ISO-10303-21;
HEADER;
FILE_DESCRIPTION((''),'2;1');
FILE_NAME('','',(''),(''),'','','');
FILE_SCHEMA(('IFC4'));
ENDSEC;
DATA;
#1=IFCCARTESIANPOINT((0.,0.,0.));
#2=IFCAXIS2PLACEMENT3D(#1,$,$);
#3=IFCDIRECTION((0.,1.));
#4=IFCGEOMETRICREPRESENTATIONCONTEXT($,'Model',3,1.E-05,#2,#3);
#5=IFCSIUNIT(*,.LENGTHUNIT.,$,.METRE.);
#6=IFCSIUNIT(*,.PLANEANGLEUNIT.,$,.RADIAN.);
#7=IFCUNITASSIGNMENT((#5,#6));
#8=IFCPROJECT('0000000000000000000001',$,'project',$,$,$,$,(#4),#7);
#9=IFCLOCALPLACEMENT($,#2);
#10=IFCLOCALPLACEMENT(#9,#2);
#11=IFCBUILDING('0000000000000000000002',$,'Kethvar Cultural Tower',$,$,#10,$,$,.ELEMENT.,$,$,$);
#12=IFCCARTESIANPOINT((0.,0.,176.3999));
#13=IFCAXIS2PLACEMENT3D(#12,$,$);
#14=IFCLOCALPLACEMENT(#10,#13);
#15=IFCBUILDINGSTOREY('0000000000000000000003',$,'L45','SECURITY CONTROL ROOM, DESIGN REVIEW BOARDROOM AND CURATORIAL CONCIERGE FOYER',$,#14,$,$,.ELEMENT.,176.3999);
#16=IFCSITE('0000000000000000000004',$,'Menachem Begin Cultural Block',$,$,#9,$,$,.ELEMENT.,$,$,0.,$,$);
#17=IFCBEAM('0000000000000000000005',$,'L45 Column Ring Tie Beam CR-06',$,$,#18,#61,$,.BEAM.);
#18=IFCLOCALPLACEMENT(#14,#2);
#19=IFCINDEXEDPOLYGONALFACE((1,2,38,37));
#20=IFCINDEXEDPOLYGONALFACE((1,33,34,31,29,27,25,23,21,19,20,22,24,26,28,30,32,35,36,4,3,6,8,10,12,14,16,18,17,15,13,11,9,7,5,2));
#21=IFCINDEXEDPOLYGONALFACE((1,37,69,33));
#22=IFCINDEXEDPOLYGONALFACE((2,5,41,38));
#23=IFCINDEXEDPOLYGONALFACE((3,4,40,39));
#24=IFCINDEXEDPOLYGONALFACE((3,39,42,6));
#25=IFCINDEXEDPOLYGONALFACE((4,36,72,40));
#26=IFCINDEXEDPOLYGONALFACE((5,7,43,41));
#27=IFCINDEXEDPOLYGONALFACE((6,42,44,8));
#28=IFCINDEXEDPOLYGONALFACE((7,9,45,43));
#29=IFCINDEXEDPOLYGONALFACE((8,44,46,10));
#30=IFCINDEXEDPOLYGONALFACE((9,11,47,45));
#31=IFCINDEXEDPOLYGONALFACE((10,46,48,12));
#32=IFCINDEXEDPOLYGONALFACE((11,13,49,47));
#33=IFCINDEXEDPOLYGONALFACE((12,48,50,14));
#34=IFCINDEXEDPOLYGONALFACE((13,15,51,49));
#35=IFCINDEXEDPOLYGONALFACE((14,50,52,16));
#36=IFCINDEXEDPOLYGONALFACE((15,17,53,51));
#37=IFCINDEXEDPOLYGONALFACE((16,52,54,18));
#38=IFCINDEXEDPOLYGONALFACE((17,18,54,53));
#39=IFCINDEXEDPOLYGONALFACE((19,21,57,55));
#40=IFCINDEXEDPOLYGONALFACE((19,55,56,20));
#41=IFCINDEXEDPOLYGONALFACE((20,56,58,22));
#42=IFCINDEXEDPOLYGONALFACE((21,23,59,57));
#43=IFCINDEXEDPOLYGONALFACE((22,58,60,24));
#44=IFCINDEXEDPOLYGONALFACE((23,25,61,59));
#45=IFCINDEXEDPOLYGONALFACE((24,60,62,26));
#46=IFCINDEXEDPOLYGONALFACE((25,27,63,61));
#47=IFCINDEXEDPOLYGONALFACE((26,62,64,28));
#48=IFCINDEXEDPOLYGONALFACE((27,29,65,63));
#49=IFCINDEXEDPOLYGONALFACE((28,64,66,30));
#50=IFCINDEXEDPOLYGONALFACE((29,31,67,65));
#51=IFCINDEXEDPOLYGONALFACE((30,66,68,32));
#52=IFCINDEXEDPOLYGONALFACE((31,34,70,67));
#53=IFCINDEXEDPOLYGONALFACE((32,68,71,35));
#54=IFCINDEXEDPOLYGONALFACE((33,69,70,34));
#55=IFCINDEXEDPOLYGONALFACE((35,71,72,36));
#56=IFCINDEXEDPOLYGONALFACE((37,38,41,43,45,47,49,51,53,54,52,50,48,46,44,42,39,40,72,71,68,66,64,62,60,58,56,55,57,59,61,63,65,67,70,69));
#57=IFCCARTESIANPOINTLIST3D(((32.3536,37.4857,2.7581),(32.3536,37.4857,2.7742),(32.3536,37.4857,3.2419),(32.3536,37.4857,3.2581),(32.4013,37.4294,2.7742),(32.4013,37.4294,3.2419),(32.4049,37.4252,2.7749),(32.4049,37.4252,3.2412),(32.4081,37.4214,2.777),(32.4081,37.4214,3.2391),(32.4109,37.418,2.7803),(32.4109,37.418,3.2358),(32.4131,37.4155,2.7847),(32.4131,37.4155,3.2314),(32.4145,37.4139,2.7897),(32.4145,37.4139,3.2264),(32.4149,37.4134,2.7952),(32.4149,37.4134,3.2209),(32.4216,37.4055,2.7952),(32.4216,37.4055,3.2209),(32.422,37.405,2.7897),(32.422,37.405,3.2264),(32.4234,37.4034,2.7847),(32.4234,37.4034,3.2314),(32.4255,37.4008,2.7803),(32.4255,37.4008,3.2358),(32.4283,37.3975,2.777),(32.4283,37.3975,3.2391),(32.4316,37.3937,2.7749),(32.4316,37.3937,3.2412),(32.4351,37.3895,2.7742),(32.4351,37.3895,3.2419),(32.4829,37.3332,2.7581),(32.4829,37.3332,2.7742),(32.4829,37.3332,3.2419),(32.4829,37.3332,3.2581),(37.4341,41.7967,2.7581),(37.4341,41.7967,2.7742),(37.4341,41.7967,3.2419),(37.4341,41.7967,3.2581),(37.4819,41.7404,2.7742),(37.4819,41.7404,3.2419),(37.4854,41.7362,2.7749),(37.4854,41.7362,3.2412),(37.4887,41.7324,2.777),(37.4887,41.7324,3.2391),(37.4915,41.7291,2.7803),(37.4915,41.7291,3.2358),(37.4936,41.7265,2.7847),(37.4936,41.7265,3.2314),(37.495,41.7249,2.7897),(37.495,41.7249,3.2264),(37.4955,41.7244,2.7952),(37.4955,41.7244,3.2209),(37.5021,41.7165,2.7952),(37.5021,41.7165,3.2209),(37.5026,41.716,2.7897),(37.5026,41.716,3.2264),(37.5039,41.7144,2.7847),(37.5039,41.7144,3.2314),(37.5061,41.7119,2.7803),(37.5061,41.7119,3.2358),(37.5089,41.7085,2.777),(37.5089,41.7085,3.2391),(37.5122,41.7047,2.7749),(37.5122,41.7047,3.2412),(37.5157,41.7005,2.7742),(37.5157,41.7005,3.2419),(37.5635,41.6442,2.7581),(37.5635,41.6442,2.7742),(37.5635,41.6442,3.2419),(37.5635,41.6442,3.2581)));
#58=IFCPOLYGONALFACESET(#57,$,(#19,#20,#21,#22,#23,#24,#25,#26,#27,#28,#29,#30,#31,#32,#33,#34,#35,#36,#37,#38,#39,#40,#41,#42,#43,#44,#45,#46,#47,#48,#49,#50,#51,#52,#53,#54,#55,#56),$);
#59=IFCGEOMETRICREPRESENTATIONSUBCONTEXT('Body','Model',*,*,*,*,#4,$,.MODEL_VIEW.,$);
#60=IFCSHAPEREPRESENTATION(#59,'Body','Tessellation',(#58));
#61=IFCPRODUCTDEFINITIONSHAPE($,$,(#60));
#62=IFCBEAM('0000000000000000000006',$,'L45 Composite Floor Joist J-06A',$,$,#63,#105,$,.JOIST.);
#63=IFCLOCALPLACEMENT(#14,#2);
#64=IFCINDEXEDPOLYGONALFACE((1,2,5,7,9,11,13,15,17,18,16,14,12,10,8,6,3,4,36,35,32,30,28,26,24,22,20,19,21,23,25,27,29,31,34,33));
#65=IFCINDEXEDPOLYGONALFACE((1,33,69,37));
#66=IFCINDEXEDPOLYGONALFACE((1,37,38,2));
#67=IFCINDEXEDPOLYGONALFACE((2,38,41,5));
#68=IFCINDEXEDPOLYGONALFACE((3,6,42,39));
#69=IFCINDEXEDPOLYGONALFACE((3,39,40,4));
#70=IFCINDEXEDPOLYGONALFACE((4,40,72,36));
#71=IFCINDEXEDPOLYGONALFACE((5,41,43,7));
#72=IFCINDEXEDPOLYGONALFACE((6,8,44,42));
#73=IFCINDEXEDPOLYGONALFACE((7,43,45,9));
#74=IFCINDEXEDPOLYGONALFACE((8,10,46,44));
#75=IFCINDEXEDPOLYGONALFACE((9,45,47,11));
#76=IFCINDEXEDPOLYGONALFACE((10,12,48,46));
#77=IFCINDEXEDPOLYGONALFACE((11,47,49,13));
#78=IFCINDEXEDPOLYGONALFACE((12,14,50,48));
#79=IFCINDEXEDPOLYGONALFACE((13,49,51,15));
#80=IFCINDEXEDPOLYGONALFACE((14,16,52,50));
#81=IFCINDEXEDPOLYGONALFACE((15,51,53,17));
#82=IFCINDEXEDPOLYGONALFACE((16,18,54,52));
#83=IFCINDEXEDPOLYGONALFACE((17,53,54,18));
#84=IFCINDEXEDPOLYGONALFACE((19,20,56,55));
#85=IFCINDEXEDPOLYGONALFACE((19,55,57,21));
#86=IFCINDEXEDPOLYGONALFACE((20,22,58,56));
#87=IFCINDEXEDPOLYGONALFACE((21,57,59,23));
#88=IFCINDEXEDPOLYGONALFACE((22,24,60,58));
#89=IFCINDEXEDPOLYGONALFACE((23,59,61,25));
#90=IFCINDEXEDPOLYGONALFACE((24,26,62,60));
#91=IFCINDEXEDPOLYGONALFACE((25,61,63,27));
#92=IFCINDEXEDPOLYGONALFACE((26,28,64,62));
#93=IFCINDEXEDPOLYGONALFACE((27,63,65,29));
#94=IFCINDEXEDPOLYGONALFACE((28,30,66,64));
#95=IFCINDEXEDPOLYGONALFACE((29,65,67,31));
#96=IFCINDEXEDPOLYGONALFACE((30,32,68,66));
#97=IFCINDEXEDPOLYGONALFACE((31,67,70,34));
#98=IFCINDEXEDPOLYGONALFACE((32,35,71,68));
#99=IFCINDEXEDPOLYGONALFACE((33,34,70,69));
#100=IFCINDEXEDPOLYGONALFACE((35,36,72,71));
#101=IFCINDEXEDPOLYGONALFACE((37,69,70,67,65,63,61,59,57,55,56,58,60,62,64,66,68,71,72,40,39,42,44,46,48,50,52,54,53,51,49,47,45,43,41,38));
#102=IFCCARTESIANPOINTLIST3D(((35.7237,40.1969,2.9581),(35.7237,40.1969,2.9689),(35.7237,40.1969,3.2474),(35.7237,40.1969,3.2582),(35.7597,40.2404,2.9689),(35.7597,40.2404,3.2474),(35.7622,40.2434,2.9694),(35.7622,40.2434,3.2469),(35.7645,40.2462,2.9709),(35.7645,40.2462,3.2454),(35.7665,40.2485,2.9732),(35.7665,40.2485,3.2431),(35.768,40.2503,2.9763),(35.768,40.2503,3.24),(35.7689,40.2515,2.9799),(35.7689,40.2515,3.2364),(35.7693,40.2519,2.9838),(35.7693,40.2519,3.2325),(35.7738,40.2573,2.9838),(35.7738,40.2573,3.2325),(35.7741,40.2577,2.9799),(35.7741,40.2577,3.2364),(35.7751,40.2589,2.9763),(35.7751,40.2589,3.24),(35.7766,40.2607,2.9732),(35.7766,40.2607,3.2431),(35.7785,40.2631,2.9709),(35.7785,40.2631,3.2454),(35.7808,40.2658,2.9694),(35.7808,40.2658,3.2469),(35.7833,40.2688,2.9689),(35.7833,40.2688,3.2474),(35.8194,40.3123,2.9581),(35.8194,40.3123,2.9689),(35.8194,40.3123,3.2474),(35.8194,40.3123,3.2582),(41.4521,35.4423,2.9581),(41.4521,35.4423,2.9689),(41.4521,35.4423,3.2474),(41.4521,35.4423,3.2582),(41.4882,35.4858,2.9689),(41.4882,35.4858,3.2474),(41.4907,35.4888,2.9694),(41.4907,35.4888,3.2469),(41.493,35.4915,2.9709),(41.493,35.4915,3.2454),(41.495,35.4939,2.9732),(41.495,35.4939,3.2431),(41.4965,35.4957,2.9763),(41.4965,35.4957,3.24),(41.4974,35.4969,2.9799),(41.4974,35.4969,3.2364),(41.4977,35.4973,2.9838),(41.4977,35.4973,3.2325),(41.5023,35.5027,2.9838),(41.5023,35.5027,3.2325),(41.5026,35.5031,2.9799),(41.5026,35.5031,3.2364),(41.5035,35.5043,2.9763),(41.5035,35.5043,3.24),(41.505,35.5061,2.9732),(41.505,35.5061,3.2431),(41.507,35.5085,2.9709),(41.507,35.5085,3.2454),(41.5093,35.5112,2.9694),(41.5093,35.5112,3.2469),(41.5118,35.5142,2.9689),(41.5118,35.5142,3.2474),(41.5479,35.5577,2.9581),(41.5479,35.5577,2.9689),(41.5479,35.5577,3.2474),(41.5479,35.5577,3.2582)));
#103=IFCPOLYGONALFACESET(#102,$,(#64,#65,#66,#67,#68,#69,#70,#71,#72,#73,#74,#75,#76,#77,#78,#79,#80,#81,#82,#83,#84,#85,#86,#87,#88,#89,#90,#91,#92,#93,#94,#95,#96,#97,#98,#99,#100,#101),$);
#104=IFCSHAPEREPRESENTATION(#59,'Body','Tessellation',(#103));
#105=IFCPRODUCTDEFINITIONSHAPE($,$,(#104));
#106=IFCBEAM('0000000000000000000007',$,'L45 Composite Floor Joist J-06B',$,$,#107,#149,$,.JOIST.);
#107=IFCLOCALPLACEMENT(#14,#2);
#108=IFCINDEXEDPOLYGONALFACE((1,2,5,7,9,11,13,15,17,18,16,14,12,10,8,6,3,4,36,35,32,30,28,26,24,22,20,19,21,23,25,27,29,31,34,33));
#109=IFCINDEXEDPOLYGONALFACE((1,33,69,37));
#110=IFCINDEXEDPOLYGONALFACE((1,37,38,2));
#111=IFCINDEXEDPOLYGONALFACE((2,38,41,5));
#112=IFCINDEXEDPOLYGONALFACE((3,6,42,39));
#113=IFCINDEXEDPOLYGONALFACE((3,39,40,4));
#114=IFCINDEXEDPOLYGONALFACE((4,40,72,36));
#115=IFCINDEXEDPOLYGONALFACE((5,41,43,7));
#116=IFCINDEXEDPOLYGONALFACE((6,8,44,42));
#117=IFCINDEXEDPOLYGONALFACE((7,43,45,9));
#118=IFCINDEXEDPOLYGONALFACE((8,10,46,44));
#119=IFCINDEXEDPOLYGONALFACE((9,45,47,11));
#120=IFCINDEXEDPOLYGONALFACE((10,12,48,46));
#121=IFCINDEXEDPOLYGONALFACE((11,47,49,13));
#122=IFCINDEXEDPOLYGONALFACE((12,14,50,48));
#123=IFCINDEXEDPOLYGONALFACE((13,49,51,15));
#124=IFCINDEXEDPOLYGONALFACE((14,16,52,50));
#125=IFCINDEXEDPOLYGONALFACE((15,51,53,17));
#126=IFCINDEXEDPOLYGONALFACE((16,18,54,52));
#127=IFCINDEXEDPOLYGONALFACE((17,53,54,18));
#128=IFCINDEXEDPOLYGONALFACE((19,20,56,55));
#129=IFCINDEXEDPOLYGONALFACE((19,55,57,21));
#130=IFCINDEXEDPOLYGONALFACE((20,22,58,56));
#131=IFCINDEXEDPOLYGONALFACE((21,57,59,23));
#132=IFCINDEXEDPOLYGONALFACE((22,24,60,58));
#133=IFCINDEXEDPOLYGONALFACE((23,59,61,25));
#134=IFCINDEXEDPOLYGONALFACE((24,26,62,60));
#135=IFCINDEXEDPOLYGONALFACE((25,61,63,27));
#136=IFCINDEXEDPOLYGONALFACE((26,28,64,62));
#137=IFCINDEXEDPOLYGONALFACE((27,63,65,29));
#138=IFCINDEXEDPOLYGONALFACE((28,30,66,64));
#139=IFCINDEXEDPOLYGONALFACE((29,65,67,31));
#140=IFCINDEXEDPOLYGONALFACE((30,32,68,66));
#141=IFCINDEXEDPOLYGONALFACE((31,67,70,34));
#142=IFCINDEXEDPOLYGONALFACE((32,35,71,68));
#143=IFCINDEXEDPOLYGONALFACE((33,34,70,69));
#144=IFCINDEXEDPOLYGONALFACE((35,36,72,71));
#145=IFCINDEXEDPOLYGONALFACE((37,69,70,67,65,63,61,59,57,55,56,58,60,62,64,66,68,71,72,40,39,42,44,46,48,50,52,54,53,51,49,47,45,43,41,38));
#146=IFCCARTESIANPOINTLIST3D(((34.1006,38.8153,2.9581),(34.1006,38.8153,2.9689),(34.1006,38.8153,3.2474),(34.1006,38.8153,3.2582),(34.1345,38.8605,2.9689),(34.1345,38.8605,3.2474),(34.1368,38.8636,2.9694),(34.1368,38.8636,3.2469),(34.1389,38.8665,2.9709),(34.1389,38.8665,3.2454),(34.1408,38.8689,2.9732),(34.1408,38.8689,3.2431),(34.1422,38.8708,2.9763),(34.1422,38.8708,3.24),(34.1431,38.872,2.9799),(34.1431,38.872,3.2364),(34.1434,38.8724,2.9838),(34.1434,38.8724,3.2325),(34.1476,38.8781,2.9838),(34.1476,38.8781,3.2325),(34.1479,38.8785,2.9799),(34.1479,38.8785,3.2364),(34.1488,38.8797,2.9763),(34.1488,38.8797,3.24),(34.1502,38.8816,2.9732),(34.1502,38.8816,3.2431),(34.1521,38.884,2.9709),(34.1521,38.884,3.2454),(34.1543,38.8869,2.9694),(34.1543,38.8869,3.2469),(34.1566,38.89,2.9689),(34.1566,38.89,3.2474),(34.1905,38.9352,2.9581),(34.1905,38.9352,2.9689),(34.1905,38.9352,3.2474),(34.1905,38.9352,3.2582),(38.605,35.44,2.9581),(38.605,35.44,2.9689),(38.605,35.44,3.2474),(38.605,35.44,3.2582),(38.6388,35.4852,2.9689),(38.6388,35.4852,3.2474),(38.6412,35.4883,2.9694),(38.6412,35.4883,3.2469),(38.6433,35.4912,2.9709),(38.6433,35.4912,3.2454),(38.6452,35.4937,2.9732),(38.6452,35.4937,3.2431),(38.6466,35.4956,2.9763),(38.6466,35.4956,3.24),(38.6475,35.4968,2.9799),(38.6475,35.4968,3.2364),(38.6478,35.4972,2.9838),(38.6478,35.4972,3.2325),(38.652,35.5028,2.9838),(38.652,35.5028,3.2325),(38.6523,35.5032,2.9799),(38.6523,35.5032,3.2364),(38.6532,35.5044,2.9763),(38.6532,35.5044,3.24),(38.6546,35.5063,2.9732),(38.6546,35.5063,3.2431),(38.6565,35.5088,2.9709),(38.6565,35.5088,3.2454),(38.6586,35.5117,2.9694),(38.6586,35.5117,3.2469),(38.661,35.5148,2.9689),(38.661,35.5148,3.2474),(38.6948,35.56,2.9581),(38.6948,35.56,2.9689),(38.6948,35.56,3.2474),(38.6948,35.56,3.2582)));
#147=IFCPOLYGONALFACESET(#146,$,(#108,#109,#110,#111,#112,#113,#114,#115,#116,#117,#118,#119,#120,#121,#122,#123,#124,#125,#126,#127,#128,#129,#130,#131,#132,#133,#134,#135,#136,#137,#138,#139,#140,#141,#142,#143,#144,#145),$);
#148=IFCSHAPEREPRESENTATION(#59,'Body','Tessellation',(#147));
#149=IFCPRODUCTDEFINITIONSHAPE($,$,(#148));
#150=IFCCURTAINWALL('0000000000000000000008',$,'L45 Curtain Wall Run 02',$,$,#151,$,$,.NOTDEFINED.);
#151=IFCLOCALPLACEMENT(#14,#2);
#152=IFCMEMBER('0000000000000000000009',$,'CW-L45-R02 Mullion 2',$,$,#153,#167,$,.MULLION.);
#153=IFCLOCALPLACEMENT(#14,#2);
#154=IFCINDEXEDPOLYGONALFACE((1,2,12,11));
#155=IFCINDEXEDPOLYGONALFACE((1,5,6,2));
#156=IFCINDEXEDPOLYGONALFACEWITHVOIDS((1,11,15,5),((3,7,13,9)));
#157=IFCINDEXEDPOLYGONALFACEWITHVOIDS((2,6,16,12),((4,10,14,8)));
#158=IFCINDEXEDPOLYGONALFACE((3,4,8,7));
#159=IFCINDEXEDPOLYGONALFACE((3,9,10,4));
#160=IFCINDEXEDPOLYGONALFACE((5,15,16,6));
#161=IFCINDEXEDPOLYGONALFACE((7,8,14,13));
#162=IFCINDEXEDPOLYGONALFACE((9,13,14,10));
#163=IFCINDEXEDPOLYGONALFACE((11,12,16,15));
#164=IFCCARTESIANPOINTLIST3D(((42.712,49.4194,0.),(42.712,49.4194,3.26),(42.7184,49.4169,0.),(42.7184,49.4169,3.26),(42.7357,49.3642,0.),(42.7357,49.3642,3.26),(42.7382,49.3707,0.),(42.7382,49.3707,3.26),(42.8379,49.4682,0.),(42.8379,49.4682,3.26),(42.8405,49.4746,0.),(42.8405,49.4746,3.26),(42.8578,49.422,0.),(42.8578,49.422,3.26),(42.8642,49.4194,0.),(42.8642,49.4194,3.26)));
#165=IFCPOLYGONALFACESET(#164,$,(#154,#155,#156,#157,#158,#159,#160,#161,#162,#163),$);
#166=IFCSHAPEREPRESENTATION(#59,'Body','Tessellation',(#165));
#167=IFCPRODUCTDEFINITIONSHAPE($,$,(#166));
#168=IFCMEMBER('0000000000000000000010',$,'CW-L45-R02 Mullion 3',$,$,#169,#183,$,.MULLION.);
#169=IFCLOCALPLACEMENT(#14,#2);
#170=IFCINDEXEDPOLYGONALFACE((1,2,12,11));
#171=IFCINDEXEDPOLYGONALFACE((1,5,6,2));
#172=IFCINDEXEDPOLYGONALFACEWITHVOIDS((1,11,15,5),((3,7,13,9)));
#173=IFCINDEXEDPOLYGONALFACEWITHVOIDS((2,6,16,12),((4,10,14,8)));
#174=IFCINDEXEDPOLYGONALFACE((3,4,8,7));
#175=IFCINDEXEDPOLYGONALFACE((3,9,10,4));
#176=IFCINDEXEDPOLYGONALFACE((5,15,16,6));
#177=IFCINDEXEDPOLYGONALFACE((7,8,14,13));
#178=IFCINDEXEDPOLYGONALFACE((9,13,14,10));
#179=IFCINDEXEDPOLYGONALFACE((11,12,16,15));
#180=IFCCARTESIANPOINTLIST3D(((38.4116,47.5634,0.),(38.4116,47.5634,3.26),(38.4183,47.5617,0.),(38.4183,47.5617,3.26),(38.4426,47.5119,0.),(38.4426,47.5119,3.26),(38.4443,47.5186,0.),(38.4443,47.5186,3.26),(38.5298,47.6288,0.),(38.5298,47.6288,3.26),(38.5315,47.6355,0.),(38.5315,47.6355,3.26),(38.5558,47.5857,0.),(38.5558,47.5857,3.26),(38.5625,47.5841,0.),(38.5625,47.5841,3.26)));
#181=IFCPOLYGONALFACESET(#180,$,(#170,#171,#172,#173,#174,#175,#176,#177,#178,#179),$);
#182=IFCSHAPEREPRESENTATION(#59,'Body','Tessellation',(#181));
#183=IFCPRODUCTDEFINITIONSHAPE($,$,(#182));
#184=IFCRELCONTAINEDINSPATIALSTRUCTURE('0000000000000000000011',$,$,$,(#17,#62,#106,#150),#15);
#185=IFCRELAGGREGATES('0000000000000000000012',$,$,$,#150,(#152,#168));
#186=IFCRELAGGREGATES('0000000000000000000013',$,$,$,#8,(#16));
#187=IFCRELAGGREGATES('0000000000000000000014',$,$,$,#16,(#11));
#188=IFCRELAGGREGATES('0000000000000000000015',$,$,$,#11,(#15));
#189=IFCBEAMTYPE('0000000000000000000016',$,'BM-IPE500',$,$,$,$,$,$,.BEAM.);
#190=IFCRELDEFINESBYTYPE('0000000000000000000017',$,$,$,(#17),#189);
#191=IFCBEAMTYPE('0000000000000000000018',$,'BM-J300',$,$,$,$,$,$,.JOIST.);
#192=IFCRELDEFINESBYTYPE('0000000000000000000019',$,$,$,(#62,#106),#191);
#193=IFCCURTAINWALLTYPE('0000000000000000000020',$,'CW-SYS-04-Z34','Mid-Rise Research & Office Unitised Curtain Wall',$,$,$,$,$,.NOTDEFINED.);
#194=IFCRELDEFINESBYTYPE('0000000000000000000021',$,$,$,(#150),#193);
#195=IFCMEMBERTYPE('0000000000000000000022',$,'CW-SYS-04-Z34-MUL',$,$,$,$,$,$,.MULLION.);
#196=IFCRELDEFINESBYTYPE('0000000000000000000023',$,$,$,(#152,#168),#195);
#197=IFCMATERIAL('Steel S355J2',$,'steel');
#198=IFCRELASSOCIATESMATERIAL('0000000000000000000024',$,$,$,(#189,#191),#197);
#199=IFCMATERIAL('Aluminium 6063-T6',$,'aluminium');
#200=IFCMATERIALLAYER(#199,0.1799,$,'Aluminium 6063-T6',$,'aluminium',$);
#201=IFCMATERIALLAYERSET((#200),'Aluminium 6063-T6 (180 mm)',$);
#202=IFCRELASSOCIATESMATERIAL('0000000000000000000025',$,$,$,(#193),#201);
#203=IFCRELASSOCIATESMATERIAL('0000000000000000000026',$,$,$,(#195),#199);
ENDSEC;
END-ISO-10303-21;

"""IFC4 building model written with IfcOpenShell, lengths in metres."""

from ifc_helpers import new_model, si_unit, direction, frame, origin, origin_2d, place, context, subcontext, project, spatial, hollow_rectangle, i_section, extrude, source, transform, mapped, material, layer, layer_set, material_profile, profile_set, type_object, element, aggregate, save


model = new_model("IFC4")

# Units and contexts
model_context = context("Model", 3, precision=1e-05, world=origin(), true_north=direction((0.0, 1.0)))
body_context = subcontext(model_context, "Body", "Model", "MODEL_VIEW")
ifc_project = project(units=[si_unit("LENGTHUNIT", "METRE"), si_unit("PLANEANGLEUNIT", "RADIAN")], contexts=[model_context])

# Site, building, storey
site_placement = place(None, origin())
site = spatial("IfcSite", under=ifc_project, at=site_placement, Name="Menachem Begin Cultural Block", CompositionType="ELEMENT", RefElevation=0.0)
building_placement = place(site_placement, origin())
building = spatial("IfcBuilding", under=site, at=building_placement, Name="Kethvar Cultural Tower", CompositionType="ELEMENT")
storey_placement = place(building_placement, frame((0.0, 0.0, 176.3999)))
storey = spatial("IfcBuildingStorey", under=building, at=storey_placement, Name="L45", Description="SECURITY CONTROL ROOM, DESIGN REVIEW BOARDROOM AND CURATORIAL CONCIERGE FOYER", CompositionType="ELEMENT", Elevation=176.3999)

# Beams
ifc_material_1 = material(Name="Steel S355J2", Category="steel")
ifc_material_profile_1 = material_profile(ifc_material_1, i_section(OverallWidth=0.2, OverallDepth=0.5, WebThickness=0.0103, FlangeThickness=0.0161, FilletRadius=0.021, at=origin_2d()), Name="Steel S355J2 — IPE500")
ifc_profile_set_1 = profile_set([ifc_material_profile_1], Name="Steel S355J2 — IPE500")
beam_type_1 = type_object("IfcBeamType", Name="BM-IPE500", PredefinedType="BEAM", material=ifc_profile_set_1)
ifc_material_profile_2 = material_profile(ifc_material_1, i_section(OverallWidth=0.1499, OverallDepth=0.3, WebThickness=0.0071, FlangeThickness=0.0107, FilletRadius=0.0149, at=origin_2d()), Name="Steel S355J2 — IPE300")
ifc_profile_set_2 = profile_set([ifc_material_profile_2], Name="Steel S355J2 — IPE300")
beam_type_2 = type_object("IfcBeamType", Name="BM-J300", PredefinedType="JOIST", material=ifc_profile_set_2)
shared_shape_1 = source(origin(), body_context, "Body", "SweptSolid", [
    extrude(i_section(OverallWidth=0.2, OverallDepth=0.5, WebThickness=0.0103, FlangeThickness=0.0161, FilletRadius=0.021, at=origin_2d()), origin(), (0.0, 0.0, 1.0), 6.6631),
])
beam_1_placement = place(storey_placement, frame((37.4988, 41.7205, 3.0081), z_axis=(-0.762491, -0.646999, 0.0), x_axis=(0.646999, -0.762491, 0.0)))
element("IfcBeam", 1, at=beam_1_placement, inside=storey, type_object=beam_type_1, Name="L45 Column Ring Tie Beam CR-06", PredefinedType="BEAM", context=body_context, shape_type="MappedRepresentation", body=[
    mapped(shared_shape_1, transform((0.0, 0.0, 0.0), scale=1.0)),
])
shared_shape_2 = source(origin(), body_context, "Body", "SweptSolid", [
    extrude(i_section(OverallWidth=0.1499, OverallDepth=0.3, WebThickness=0.0071, FlangeThickness=0.0107, FilletRadius=0.0149, at=origin_2d()), origin(), (0.0, 0.0, 1.0), 7.4446),
])
beam_2_placement = place(storey_placement, frame((41.5, 35.5, 3.1082), z_axis=(-0.769483, 0.638667, 0.0), x_axis=(-0.638667, -0.769483, 0.0)))
element("IfcBeam", 2, at=beam_2_placement, inside=storey, type_object=beam_type_2, Name="L45 Composite Floor Joist J-06A", PredefinedType="JOIST", context=body_context, shape_type="MappedRepresentation", body=[
    mapped(shared_shape_2, transform((0.0, 0.0, 0.0), scale=1.0)),
])
shared_shape_3 = source(origin(), body_context, "Body", "SweptSolid", [
    extrude(i_section(OverallWidth=0.1499, OverallDepth=0.3, WebThickness=0.0071, FlangeThickness=0.0107, FilletRadius=0.0149, at=origin_2d()), origin(), (0.0, 0.0, 1.0), 5.6287),
])
beam_3_placement = place(storey_placement, frame((38.6499, 35.5, 3.1082), z_axis=(-0.80026, 0.599653, 0.0), x_axis=(-0.599653, -0.80026, 0.0)))
element("IfcBeam", 3, at=beam_3_placement, inside=storey, type_object=beam_type_2, Name="L45 Composite Floor Joist J-06B", PredefinedType="JOIST", context=body_context, shape_type="MappedRepresentation", body=[
    mapped(shared_shape_3, transform((0.0, 0.0, 0.0), scale=1.0)),
])

# Curtain wall, members
ifc_material_2 = material(Name="Aluminium 6063-T6", Category="aluminium")
ifc_layer_1 = layer(ifc_material_2, 0.1799, Name="Aluminium 6063-T6", Category="aluminium")
ifc_layer_set_1 = layer_set([ifc_layer_1], Name="Aluminium 6063-T6 (180 mm)")
curtain_wall_type = type_object("IfcCurtainWallType", Name="CW-SYS-04-Z34", Description="Mid-Rise Research & Office Unitised Curtain Wall", PredefinedType="NOTDEFINED", material=ifc_layer_set_1)
curtain_wall_placement = place(storey_placement, origin())
curtain_wall = element("IfcCurtainWall", 4, at=curtain_wall_placement, inside=storey, type_object=curtain_wall_type, Name="L45 Curtain Wall Run 02", PredefinedType="NOTDEFINED")
ifc_material_profile_3 = material_profile(ifc_material_2, hollow_rectangle(XDim=0.0601, YDim=0.1399, WallThickness=0.0049, at=origin_2d()), Name="Aluminium 6063-T6 — RHS140x60x5")
ifc_profile_set_3 = profile_set([ifc_material_profile_3], Name="Aluminium 6063-T6 — RHS140x60x5")
member_type_1 = type_object("IfcMemberType", Name="CW-SYS-04-Z34-MUL", PredefinedType="MULLION", material=ifc_profile_set_3)
shared_shape_4 = source(origin(), body_context, "Body", "SweptSolid", [
    extrude(hollow_rectangle(XDim=0.0601, YDim=0.1399, WallThickness=0.0049, at=origin_2d()), origin(), (0.0, 0.0, 1.0), 3.26),
])
member_1_placement = place(storey_placement, frame((42.7881, 49.4194, 0.0), z_axis=(0.0, 0.0, 1.0), x_axis=(0.394551, -0.918874, 0.0)))
member_1 = element("IfcMember", 5, at=member_1_placement, type_object=member_type_1, Name="CW-L45-R02 Mullion 2", PredefinedType="MULLION", context=body_context, shape_type="MappedRepresentation", body=[
    mapped(shared_shape_4, transform((0.0, 0.0, 0.0), scale=1.0)),
])
member_2_placement = place(storey_placement, frame((38.4871, 47.5737, 0.0), z_axis=(0.0, 0.0, 1.0), x_axis=(0.515606, -0.856826, 0.0)))
member_2 = element("IfcMember", 6, at=member_2_placement, type_object=member_type_1, Name="CW-L45-R02 Mullion 3", PredefinedType="MULLION", context=body_context, shape_type="MappedRepresentation", body=[
    mapped(shared_shape_4, transform((0.0, 0.0, 0.0), scale=1.0)),
])
aggregate(curtain_wall, [member_1, member_2])

save(model, "model.ifc")
